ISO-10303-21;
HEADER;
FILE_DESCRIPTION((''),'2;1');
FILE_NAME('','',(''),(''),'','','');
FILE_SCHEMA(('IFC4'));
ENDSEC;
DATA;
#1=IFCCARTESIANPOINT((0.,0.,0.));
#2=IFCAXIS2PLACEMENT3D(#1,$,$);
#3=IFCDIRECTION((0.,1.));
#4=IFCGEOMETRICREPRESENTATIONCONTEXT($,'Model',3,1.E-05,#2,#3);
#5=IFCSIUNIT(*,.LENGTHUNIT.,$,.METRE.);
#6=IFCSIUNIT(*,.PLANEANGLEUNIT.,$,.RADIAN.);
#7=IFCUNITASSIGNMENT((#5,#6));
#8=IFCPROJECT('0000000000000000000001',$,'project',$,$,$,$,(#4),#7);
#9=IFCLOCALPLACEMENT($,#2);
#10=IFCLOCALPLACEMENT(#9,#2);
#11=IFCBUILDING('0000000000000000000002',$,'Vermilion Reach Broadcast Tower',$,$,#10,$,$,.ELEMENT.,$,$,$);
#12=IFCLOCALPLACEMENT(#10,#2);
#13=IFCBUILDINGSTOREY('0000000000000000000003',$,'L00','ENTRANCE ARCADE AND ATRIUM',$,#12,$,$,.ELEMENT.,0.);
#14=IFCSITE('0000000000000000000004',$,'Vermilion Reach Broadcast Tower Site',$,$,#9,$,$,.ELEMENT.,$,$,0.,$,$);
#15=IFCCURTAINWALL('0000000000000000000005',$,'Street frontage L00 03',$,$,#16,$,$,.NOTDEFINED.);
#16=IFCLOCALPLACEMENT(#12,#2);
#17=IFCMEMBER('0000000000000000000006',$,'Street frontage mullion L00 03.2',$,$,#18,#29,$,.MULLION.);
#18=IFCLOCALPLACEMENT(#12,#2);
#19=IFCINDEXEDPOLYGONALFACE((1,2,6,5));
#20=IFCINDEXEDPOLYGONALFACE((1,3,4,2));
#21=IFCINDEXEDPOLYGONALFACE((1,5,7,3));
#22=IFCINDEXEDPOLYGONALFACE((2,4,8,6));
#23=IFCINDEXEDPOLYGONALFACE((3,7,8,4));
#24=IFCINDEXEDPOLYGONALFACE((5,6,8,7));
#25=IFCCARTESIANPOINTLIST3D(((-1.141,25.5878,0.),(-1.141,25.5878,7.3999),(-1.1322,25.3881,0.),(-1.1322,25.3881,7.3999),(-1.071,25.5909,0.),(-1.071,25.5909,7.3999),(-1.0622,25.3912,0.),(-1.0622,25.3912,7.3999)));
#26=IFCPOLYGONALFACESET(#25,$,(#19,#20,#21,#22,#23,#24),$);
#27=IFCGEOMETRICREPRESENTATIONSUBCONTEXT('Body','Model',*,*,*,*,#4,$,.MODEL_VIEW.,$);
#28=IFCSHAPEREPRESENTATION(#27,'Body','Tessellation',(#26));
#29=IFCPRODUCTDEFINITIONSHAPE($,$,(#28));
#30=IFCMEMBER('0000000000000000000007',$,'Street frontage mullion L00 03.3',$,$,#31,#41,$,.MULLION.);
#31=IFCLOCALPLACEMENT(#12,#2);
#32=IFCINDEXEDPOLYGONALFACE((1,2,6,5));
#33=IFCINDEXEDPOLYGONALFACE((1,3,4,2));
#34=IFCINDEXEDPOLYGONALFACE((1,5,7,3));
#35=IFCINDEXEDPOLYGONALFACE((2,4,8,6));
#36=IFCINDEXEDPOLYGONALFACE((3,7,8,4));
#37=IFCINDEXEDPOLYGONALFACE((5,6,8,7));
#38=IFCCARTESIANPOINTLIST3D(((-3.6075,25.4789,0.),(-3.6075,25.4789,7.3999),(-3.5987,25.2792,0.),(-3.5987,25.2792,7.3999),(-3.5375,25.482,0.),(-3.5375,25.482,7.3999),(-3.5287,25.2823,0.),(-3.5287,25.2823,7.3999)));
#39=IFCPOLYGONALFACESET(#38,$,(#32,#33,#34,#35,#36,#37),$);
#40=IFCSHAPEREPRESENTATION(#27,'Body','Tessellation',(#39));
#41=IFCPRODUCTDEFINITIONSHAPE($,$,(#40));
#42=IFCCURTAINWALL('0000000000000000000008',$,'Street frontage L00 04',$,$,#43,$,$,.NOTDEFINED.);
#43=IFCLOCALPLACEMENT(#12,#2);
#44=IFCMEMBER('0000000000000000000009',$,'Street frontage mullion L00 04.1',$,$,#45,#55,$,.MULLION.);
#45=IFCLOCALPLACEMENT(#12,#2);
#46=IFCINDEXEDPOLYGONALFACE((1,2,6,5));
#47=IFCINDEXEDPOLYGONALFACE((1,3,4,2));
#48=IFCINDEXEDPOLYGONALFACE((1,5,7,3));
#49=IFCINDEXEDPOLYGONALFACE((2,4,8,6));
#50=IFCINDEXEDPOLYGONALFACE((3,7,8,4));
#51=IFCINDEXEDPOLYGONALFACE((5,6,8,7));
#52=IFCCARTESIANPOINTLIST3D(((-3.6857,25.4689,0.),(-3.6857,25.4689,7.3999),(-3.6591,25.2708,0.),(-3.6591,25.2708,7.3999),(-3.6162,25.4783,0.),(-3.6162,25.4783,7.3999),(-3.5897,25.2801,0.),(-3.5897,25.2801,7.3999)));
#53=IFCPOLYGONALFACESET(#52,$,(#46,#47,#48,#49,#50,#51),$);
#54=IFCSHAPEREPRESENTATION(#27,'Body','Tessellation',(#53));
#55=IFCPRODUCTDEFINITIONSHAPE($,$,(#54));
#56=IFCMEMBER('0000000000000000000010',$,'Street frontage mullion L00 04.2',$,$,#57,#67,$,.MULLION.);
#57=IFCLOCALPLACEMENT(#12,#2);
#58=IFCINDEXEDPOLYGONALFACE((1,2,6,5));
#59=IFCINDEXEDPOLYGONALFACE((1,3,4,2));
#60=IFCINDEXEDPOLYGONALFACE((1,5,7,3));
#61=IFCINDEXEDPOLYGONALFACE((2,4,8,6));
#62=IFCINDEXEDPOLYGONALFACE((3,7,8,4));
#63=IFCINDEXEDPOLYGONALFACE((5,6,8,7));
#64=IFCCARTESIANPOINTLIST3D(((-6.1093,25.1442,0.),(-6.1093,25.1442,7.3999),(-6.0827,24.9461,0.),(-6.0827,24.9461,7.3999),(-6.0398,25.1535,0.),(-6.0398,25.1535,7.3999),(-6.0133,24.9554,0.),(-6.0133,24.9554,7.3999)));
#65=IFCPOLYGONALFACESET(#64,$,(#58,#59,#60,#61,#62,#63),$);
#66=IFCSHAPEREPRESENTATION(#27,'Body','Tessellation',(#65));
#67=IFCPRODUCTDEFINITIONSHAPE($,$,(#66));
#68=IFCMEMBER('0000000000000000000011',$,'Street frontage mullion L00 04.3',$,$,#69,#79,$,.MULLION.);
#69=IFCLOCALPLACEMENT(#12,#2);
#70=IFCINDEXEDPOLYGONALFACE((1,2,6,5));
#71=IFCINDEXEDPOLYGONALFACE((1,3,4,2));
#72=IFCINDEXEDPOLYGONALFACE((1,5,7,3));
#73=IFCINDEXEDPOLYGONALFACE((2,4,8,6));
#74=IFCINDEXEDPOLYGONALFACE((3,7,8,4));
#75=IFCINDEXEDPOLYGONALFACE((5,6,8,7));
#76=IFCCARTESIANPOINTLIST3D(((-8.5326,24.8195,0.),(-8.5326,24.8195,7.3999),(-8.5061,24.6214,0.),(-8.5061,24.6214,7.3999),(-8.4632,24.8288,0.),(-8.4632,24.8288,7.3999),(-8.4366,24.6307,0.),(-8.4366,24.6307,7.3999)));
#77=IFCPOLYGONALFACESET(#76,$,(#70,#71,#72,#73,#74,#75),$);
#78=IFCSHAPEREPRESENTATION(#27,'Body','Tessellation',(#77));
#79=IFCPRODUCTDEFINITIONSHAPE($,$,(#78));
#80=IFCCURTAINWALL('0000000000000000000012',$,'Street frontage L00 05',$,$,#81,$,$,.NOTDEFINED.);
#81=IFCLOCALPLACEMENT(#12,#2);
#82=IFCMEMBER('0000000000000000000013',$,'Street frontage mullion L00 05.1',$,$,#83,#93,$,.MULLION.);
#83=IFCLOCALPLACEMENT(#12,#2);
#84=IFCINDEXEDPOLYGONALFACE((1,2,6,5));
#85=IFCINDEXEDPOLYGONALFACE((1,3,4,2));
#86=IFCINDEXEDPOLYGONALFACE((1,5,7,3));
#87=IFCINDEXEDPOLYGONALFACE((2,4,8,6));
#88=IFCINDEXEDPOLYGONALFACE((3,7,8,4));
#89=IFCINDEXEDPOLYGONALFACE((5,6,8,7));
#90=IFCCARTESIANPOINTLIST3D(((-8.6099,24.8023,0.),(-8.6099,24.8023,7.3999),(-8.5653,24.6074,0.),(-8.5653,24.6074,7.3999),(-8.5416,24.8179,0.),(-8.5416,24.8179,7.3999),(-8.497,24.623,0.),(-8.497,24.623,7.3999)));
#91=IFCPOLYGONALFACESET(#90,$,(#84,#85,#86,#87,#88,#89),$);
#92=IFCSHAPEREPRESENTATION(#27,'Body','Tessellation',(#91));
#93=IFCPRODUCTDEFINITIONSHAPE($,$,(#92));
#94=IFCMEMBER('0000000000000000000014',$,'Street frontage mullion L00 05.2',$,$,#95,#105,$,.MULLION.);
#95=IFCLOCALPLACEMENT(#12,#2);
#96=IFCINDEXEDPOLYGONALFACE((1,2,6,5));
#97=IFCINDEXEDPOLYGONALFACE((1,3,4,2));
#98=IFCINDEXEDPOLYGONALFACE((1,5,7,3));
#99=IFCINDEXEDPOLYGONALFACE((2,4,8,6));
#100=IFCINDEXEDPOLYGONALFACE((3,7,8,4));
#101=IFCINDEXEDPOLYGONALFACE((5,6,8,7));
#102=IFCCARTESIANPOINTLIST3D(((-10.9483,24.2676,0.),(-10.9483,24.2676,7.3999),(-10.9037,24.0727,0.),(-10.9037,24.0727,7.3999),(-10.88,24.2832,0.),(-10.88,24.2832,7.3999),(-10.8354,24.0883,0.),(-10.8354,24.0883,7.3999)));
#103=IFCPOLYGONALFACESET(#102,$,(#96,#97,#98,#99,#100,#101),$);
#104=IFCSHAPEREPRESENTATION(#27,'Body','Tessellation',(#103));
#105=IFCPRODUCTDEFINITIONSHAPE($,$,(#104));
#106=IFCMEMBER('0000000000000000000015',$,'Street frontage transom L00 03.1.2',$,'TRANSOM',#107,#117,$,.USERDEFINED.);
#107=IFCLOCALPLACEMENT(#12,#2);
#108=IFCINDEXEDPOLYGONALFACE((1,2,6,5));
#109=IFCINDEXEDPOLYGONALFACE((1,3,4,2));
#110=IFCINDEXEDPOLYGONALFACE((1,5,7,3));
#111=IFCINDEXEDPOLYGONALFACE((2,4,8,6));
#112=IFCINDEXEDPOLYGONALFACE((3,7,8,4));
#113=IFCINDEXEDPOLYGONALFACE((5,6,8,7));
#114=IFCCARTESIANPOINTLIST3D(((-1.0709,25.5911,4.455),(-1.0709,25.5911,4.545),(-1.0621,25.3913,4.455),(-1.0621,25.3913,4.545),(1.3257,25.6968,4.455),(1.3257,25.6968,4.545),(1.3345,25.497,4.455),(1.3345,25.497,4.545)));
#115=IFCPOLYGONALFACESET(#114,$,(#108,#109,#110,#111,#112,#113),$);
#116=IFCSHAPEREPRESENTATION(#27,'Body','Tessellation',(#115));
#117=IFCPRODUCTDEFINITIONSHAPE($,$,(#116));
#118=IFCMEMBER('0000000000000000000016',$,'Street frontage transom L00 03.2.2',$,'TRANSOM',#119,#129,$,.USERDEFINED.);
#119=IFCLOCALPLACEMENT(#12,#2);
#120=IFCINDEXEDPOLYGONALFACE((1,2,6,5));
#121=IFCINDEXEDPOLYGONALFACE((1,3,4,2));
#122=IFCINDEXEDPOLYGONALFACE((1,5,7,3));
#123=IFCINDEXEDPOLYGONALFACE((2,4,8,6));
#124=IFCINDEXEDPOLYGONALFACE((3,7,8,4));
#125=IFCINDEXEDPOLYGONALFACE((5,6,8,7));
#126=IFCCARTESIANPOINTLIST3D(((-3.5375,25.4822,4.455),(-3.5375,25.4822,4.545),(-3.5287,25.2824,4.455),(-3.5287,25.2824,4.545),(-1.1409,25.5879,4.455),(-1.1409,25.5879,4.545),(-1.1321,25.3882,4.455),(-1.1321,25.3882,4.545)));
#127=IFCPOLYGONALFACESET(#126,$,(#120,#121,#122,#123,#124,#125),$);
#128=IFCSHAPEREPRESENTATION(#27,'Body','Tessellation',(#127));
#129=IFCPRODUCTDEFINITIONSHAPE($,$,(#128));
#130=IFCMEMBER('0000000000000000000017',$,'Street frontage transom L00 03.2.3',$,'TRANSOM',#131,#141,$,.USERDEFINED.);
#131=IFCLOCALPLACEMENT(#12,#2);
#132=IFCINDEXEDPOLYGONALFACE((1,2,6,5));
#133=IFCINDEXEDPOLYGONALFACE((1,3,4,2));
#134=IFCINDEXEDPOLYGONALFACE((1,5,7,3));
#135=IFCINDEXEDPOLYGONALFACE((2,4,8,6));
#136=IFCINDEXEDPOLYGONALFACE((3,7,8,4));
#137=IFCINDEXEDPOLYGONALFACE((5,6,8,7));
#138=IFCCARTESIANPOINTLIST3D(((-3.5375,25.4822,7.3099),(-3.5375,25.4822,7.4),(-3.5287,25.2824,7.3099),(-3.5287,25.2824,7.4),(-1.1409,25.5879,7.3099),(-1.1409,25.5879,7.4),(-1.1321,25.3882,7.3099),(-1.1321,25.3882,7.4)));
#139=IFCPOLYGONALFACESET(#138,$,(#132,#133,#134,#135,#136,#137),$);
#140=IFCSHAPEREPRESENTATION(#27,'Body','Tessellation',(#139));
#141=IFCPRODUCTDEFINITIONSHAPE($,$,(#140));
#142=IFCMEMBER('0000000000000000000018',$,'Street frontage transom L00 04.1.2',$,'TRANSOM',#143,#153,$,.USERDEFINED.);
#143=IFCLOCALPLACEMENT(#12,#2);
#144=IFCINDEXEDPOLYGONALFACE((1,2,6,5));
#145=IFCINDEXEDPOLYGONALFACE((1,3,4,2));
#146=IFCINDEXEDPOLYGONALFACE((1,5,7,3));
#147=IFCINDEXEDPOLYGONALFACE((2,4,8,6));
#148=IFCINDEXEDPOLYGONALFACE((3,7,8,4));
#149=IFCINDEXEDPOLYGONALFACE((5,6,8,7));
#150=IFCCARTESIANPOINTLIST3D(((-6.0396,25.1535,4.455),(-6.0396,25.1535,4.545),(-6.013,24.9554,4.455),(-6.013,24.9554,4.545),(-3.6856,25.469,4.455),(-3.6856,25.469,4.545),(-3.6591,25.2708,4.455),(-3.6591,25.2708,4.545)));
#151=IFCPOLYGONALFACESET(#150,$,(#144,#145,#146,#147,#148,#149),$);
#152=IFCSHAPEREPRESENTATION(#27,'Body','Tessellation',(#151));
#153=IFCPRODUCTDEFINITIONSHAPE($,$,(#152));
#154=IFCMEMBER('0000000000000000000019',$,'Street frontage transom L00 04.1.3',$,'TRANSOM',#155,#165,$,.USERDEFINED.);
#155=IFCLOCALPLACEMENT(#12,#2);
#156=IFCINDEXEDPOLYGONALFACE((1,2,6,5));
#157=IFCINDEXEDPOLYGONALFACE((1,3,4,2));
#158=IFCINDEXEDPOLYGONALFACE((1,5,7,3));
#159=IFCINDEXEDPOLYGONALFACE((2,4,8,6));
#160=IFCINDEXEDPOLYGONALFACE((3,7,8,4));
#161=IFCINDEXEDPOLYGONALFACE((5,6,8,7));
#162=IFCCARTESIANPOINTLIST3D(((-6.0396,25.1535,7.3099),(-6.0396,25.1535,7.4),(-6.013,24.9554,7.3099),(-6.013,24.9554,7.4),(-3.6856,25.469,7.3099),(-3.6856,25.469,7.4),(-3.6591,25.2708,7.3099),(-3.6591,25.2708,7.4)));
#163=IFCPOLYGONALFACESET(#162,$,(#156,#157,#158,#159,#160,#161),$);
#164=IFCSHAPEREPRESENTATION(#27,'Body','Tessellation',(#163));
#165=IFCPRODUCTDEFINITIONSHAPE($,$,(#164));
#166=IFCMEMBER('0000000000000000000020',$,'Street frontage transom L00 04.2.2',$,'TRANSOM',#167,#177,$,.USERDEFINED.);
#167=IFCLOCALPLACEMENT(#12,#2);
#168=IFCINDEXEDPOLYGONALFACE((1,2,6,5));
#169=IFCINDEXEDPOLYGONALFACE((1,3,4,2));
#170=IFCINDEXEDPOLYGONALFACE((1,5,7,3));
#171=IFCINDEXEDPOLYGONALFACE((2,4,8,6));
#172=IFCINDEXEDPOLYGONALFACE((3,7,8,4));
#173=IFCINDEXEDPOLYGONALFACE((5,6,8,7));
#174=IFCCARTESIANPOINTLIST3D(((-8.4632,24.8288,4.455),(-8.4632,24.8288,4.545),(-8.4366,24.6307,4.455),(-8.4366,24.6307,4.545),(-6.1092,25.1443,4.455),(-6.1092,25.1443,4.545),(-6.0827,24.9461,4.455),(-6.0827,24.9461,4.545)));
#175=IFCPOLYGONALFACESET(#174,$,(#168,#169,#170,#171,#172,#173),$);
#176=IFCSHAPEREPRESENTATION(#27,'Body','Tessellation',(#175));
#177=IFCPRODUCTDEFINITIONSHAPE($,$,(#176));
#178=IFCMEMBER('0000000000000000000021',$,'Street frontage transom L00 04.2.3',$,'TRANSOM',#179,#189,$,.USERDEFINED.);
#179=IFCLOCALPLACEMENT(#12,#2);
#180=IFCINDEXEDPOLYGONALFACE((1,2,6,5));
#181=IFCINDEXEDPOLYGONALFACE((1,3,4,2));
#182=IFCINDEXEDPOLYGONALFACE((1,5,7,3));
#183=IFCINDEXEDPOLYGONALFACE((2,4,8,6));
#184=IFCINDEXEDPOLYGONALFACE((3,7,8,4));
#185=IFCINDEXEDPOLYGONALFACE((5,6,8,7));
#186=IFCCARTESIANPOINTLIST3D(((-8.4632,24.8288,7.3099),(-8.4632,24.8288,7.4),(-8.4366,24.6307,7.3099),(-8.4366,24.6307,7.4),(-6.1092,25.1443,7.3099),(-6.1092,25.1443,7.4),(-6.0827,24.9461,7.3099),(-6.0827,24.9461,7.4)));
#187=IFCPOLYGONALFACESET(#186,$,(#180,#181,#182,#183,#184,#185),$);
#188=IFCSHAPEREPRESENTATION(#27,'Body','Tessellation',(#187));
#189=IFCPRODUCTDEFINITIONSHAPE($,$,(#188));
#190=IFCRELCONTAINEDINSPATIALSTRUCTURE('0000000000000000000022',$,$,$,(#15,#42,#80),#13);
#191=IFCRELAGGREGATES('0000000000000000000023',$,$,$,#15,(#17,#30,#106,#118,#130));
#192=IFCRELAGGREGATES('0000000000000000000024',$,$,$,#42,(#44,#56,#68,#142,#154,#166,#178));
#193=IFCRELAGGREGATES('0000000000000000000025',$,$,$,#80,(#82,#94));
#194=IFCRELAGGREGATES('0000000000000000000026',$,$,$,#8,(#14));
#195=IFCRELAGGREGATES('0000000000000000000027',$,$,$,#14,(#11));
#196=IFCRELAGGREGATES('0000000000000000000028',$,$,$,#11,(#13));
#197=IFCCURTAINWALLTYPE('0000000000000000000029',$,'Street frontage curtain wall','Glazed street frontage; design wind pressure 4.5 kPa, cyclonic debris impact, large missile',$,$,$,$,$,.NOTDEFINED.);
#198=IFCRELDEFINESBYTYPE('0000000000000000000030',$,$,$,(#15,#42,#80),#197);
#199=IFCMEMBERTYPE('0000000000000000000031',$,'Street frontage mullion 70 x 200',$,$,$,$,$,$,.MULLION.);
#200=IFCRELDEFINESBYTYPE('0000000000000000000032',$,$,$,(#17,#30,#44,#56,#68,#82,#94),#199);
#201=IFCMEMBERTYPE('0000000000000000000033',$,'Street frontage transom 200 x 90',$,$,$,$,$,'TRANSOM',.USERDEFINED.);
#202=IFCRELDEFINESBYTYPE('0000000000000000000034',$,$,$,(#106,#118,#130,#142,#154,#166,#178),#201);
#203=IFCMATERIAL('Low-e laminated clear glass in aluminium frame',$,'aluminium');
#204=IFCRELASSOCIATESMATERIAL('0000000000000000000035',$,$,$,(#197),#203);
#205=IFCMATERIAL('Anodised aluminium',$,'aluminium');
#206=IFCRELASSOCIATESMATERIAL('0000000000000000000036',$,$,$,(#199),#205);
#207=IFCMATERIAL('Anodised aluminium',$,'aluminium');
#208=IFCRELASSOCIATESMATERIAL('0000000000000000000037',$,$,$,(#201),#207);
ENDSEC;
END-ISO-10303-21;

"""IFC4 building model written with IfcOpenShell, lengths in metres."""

from ifc_helpers import new_model, si_unit, direction, frame, origin, origin_2d, place, context, subcontext, project, spatial, rectangle, extrude, material, material_profile, profile_set, type_object, element, aggregate, save


model = new_model("IFC4")

# Units and contexts
model_context = context("Model", 3, precision=1e-05, world=origin(), true_north=direction((0.0, 1.0)))
body_context = subcontext(model_context, "Body", "Model", "MODEL_VIEW")
ifc_project = project(units=[si_unit("LENGTHUNIT", "METRE"), si_unit("PLANEANGLEUNIT", "RADIAN")], contexts=[model_context])

# Site, building, storey
site_placement = place(None, origin())
site = spatial("IfcSite", under=ifc_project, at=site_placement, Name="Vermilion Reach Broadcast Tower Site", CompositionType="ELEMENT", RefElevation=0.0)
building_placement = place(site_placement, origin())
building = spatial("IfcBuilding", under=site, at=building_placement, Name="Vermilion Reach Broadcast Tower", CompositionType="ELEMENT")
storey_placement = place(building_placement, origin())
storey = spatial("IfcBuildingStorey", under=building, at=storey_placement, Name="L00", Description="ENTRANCE ARCADE AND ATRIUM", CompositionType="ELEMENT", Elevation=0.0)

# Curtain walls, members
ifc_material_1 = material(Name="Low-e laminated clear glass in aluminium frame", Category="aluminium")
curtain_wall_type = type_object("IfcCurtainWallType", Name="Street frontage curtain wall", Description="Glazed street frontage; design wind pressure 4.5 kPa, cyclonic debris impact, large missile", PredefinedType="NOTDEFINED", material=ifc_material_1)
placement = place(storey_placement, origin())
curtain_wall_1 = element("IfcCurtainWall", 1, at=placement, inside=storey, type_object=curtain_wall_type, Name="Street frontage L00 03", PredefinedType="NOTDEFINED")
ifc_material_2 = material(Name="Anodised aluminium", Category="aluminium")
ifc_material_profile_1 = material_profile(ifc_material_2, rectangle(XDim=0.2, YDim=0.0701, at=origin_2d()), Name="Street frontage mullion 70 x 200")
ifc_profile_set_1 = profile_set([ifc_material_profile_1], Name="Anodised aluminium")
member_type_1 = type_object("IfcMemberType", Name="Street frontage mullion 70 x 200", PredefinedType="MULLION", material=ifc_profile_set_1)
member_1_placement = place(storey_placement, frame((-1.1016, 25.4895, 0.0), z_axis=(0.0, 0.0, 1.0), x_axis=(0.044105, -0.999027, 0.0)))
member_1 = element("IfcMember", 2, at=member_1_placement, type_object=member_type_1, Name="Street frontage mullion L00 03.2", PredefinedType="MULLION", context=body_context, shape_type="SweptSolid", body=[
    extrude(rectangle(XDim=0.2, YDim=0.0701, at=origin_2d()), origin(), (0.0, 0.0, 1.0), 7.3999),
])
member_2_placement = place(storey_placement, frame((-3.5681, 25.3806, 0.0), z_axis=(0.0, 0.0, 1.0), x_axis=(0.044105, -0.999027, 0.0)))
member_2 = element("IfcMember", 3, at=member_2_placement, type_object=member_type_1, Name="Street frontage mullion L00 03.3", PredefinedType="MULLION", context=body_context, shape_type="SweptSolid", body=[
    extrude(rectangle(XDim=0.2, YDim=0.0701, at=origin_2d()), origin(), (0.0, 0.0, 1.0), 7.3999),
])
curtain_wall_2 = element("IfcCurtainWall", 4, at=placement, inside=storey, type_object=curtain_wall_type, Name="Street frontage L00 04", PredefinedType="NOTDEFINED")
member_3_placement = place(storey_placement, frame((-3.6377, 25.3745, 0.0), z_axis=(0.0, 0.0, 1.0), x_axis=(0.132794, -0.991144, 0.0)))
member_3 = element("IfcMember", 5, at=member_3_placement, type_object=member_type_1, Name="Street frontage mullion L00 04.1", PredefinedType="MULLION", context=body_context, shape_type="SweptSolid", body=[
    extrude(rectangle(XDim=0.2, YDim=0.0701, at=origin_2d()), origin(), (0.0, 0.0, 1.0), 7.3999),
])
member_4_placement = place(storey_placement, frame((-6.0613, 25.0498, 0.0), z_axis=(0.0, 0.0, 1.0), x_axis=(0.132794, -0.991144, 0.0)))
member_4 = element("IfcMember", 6, at=member_4_placement, type_object=member_type_1, Name="Street frontage mullion L00 04.2", PredefinedType="MULLION", context=body_context, shape_type="SweptSolid", body=[
    extrude(rectangle(XDim=0.2, YDim=0.0701, at=origin_2d()), origin(), (0.0, 0.0, 1.0), 7.3999),
])
member_5_placement = place(storey_placement, frame((-8.4846, 24.7251, 0.0), z_axis=(0.0, 0.0, 1.0), x_axis=(0.132794, -0.991144, 0.0)))
member_5 = element("IfcMember", 7, at=member_5_placement, type_object=member_type_1, Name="Street frontage mullion L00 04.3", PredefinedType="MULLION", context=body_context, shape_type="SweptSolid", body=[
    extrude(rectangle(XDim=0.2, YDim=0.0701, at=origin_2d()), origin(), (0.0, 0.0, 1.0), 7.3999),
])
curtain_wall_3 = element("IfcCurtainWall", 8, at=placement, inside=storey, type_object=curtain_wall_type, Name="Street frontage L00 05", PredefinedType="NOTDEFINED")
member_6_placement = place(storey_placement, frame((-8.5535, 24.7126, 0.0), z_axis=(0.0, 0.0, 1.0), x_axis=(0.222892, -0.974843, 0.0)))
member_6 = element("IfcMember", 9, at=member_6_placement, type_object=member_type_1, Name="Street frontage mullion L00 05.1", PredefinedType="MULLION", context=body_context, shape_type="SweptSolid", body=[
    extrude(rectangle(XDim=0.2, YDim=0.0701, at=origin_2d()), origin(), (0.0, 0.0, 1.0), 7.3999),
])
member_7_placement = place(storey_placement, frame((-10.8918, 24.178, 0.0), z_axis=(0.0, 0.0, 1.0), x_axis=(0.222892, -0.974843, 0.0)))
member_7 = element("IfcMember", 10, at=member_7_placement, type_object=member_type_1, Name="Street frontage mullion L00 05.2", PredefinedType="MULLION", context=body_context, shape_type="SweptSolid", body=[
    extrude(rectangle(XDim=0.2, YDim=0.0701, at=origin_2d()), origin(), (0.0, 0.0, 1.0), 7.3999),
])

# Members
ifc_material_3 = material(Name="Anodised aluminium", Category="aluminium")
ifc_material_profile_2 = material_profile(ifc_material_3, rectangle(XDim=0.2, YDim=0.0901, at=origin_2d()), Name="Street frontage transom 200 x 90")
ifc_profile_set_2 = profile_set([ifc_material_profile_2], Name="Anodised aluminium")
member_type_2 = type_object("IfcMemberType", Name="Street frontage transom 200 x 90", ElementType="TRANSOM", PredefinedType="USERDEFINED", material=ifc_profile_set_2)
member_8_placement = place(storey_placement, frame((1.3301, 25.5969, 4.5), z_axis=(-0.999028, -0.044069, 0.0), x_axis=(0.044069, -0.999028, 0.0)))
member_8 = element("IfcMember", 11, at=member_8_placement, type_object=member_type_2, Name="Street frontage transom L00 03.1.2", ObjectType="TRANSOM", PredefinedType="USERDEFINED", context=body_context, shape_type="SweptSolid", body=[
    extrude(rectangle(XDim=0.2, YDim=0.0901, at=origin_2d()), origin(), (0.0, 0.0, 1.0), 2.3989),
])
member_9_placement = place(storey_placement, frame((-1.1365, 25.488, 4.5), z_axis=(-0.999028, -0.044069, 0.0), x_axis=(0.044069, -0.999028, 0.0)))
member_9 = element("IfcMember", 12, at=member_9_placement, type_object=member_type_2, Name="Street frontage transom L00 03.2.2", ObjectType="TRANSOM", PredefinedType="USERDEFINED", context=body_context, shape_type="SweptSolid", body=[
    extrude(rectangle(XDim=0.2, YDim=0.0901, at=origin_2d()), origin(), (0.0, 0.0, 1.0), 2.3989),
])
member_10_placement = place(storey_placement, frame((-1.1365, 25.488, 7.355), z_axis=(-0.999028, -0.044069, 0.0), x_axis=(0.044069, -0.999028, 0.0)))
member_10 = element("IfcMember", 13, at=member_10_placement, type_object=member_type_2, Name="Street frontage transom L00 03.2.3", ObjectType="TRANSOM", PredefinedType="USERDEFINED", context=body_context, shape_type="SweptSolid", body=[
    extrude(rectangle(XDim=0.2, YDim=0.0901, at=origin_2d()), origin(), (0.0, 0.0, 1.0), 2.3989),
])
member_11_placement = place(storey_placement, frame((-3.6724, 25.3699, 4.5), z_axis=(-0.991142, -0.13281, 0.0), x_axis=(0.13281, -0.991142, 0.0)))
member_11 = element("IfcMember", 14, at=member_11_placement, type_object=member_type_2, Name="Street frontage transom L00 04.1.2", ObjectType="TRANSOM", PredefinedType="USERDEFINED", context=body_context, shape_type="SweptSolid", body=[
    extrude(rectangle(XDim=0.2, YDim=0.0901, at=origin_2d()), origin(), (0.0, 0.0, 1.0), 2.375),
])
member_12_placement = place(storey_placement, frame((-3.6724, 25.3699, 7.355), z_axis=(-0.991142, -0.13281, 0.0), x_axis=(0.13281, -0.991142, 0.0)))
member_12 = element("IfcMember", 15, at=member_12_placement, type_object=member_type_2, Name="Street frontage transom L00 04.1.3", ObjectType="TRANSOM", PredefinedType="USERDEFINED", context=body_context, shape_type="SweptSolid", body=[
    extrude(rectangle(XDim=0.2, YDim=0.0901, at=origin_2d()), origin(), (0.0, 0.0, 1.0), 2.375),
])
member_13_placement = place(storey_placement, frame((-6.0959, 25.0452, 4.5), z_axis=(-0.991142, -0.13281, 0.0), x_axis=(0.13281, -0.991142, 0.0)))
member_13 = element("IfcMember", 16, at=member_13_placement, type_object=member_type_2, Name="Street frontage transom L00 04.2.2", ObjectType="TRANSOM", PredefinedType="USERDEFINED", context=body_context, shape_type="SweptSolid", body=[
    extrude(rectangle(XDim=0.2, YDim=0.0901, at=origin_2d()), origin(), (0.0, 0.0, 1.0), 2.375),
])
member_14_placement = place(storey_placement, frame((-6.0959, 25.0452, 7.355), z_axis=(-0.991142, -0.13281, 0.0), x_axis=(0.13281, -0.991142, 0.0)))
member_14 = element("IfcMember", 17, at=member_14_placement, type_object=member_type_2, Name="Street frontage transom L00 04.2.3", ObjectType="TRANSOM", PredefinedType="USERDEFINED", context=body_context, shape_type="SweptSolid", body=[
    extrude(rectangle(XDim=0.2, YDim=0.0901, at=origin_2d()), origin(), (0.0, 0.0, 1.0), 2.375),
])

aggregate(curtain_wall_1, [member_1, member_2, member_8, member_9, member_10])
aggregate(curtain_wall_2, [member_3, member_4, member_5, member_11, member_12, member_13, member_14])
aggregate(curtain_wall_3, [member_6, member_7])

save(model, "model.ifc")
